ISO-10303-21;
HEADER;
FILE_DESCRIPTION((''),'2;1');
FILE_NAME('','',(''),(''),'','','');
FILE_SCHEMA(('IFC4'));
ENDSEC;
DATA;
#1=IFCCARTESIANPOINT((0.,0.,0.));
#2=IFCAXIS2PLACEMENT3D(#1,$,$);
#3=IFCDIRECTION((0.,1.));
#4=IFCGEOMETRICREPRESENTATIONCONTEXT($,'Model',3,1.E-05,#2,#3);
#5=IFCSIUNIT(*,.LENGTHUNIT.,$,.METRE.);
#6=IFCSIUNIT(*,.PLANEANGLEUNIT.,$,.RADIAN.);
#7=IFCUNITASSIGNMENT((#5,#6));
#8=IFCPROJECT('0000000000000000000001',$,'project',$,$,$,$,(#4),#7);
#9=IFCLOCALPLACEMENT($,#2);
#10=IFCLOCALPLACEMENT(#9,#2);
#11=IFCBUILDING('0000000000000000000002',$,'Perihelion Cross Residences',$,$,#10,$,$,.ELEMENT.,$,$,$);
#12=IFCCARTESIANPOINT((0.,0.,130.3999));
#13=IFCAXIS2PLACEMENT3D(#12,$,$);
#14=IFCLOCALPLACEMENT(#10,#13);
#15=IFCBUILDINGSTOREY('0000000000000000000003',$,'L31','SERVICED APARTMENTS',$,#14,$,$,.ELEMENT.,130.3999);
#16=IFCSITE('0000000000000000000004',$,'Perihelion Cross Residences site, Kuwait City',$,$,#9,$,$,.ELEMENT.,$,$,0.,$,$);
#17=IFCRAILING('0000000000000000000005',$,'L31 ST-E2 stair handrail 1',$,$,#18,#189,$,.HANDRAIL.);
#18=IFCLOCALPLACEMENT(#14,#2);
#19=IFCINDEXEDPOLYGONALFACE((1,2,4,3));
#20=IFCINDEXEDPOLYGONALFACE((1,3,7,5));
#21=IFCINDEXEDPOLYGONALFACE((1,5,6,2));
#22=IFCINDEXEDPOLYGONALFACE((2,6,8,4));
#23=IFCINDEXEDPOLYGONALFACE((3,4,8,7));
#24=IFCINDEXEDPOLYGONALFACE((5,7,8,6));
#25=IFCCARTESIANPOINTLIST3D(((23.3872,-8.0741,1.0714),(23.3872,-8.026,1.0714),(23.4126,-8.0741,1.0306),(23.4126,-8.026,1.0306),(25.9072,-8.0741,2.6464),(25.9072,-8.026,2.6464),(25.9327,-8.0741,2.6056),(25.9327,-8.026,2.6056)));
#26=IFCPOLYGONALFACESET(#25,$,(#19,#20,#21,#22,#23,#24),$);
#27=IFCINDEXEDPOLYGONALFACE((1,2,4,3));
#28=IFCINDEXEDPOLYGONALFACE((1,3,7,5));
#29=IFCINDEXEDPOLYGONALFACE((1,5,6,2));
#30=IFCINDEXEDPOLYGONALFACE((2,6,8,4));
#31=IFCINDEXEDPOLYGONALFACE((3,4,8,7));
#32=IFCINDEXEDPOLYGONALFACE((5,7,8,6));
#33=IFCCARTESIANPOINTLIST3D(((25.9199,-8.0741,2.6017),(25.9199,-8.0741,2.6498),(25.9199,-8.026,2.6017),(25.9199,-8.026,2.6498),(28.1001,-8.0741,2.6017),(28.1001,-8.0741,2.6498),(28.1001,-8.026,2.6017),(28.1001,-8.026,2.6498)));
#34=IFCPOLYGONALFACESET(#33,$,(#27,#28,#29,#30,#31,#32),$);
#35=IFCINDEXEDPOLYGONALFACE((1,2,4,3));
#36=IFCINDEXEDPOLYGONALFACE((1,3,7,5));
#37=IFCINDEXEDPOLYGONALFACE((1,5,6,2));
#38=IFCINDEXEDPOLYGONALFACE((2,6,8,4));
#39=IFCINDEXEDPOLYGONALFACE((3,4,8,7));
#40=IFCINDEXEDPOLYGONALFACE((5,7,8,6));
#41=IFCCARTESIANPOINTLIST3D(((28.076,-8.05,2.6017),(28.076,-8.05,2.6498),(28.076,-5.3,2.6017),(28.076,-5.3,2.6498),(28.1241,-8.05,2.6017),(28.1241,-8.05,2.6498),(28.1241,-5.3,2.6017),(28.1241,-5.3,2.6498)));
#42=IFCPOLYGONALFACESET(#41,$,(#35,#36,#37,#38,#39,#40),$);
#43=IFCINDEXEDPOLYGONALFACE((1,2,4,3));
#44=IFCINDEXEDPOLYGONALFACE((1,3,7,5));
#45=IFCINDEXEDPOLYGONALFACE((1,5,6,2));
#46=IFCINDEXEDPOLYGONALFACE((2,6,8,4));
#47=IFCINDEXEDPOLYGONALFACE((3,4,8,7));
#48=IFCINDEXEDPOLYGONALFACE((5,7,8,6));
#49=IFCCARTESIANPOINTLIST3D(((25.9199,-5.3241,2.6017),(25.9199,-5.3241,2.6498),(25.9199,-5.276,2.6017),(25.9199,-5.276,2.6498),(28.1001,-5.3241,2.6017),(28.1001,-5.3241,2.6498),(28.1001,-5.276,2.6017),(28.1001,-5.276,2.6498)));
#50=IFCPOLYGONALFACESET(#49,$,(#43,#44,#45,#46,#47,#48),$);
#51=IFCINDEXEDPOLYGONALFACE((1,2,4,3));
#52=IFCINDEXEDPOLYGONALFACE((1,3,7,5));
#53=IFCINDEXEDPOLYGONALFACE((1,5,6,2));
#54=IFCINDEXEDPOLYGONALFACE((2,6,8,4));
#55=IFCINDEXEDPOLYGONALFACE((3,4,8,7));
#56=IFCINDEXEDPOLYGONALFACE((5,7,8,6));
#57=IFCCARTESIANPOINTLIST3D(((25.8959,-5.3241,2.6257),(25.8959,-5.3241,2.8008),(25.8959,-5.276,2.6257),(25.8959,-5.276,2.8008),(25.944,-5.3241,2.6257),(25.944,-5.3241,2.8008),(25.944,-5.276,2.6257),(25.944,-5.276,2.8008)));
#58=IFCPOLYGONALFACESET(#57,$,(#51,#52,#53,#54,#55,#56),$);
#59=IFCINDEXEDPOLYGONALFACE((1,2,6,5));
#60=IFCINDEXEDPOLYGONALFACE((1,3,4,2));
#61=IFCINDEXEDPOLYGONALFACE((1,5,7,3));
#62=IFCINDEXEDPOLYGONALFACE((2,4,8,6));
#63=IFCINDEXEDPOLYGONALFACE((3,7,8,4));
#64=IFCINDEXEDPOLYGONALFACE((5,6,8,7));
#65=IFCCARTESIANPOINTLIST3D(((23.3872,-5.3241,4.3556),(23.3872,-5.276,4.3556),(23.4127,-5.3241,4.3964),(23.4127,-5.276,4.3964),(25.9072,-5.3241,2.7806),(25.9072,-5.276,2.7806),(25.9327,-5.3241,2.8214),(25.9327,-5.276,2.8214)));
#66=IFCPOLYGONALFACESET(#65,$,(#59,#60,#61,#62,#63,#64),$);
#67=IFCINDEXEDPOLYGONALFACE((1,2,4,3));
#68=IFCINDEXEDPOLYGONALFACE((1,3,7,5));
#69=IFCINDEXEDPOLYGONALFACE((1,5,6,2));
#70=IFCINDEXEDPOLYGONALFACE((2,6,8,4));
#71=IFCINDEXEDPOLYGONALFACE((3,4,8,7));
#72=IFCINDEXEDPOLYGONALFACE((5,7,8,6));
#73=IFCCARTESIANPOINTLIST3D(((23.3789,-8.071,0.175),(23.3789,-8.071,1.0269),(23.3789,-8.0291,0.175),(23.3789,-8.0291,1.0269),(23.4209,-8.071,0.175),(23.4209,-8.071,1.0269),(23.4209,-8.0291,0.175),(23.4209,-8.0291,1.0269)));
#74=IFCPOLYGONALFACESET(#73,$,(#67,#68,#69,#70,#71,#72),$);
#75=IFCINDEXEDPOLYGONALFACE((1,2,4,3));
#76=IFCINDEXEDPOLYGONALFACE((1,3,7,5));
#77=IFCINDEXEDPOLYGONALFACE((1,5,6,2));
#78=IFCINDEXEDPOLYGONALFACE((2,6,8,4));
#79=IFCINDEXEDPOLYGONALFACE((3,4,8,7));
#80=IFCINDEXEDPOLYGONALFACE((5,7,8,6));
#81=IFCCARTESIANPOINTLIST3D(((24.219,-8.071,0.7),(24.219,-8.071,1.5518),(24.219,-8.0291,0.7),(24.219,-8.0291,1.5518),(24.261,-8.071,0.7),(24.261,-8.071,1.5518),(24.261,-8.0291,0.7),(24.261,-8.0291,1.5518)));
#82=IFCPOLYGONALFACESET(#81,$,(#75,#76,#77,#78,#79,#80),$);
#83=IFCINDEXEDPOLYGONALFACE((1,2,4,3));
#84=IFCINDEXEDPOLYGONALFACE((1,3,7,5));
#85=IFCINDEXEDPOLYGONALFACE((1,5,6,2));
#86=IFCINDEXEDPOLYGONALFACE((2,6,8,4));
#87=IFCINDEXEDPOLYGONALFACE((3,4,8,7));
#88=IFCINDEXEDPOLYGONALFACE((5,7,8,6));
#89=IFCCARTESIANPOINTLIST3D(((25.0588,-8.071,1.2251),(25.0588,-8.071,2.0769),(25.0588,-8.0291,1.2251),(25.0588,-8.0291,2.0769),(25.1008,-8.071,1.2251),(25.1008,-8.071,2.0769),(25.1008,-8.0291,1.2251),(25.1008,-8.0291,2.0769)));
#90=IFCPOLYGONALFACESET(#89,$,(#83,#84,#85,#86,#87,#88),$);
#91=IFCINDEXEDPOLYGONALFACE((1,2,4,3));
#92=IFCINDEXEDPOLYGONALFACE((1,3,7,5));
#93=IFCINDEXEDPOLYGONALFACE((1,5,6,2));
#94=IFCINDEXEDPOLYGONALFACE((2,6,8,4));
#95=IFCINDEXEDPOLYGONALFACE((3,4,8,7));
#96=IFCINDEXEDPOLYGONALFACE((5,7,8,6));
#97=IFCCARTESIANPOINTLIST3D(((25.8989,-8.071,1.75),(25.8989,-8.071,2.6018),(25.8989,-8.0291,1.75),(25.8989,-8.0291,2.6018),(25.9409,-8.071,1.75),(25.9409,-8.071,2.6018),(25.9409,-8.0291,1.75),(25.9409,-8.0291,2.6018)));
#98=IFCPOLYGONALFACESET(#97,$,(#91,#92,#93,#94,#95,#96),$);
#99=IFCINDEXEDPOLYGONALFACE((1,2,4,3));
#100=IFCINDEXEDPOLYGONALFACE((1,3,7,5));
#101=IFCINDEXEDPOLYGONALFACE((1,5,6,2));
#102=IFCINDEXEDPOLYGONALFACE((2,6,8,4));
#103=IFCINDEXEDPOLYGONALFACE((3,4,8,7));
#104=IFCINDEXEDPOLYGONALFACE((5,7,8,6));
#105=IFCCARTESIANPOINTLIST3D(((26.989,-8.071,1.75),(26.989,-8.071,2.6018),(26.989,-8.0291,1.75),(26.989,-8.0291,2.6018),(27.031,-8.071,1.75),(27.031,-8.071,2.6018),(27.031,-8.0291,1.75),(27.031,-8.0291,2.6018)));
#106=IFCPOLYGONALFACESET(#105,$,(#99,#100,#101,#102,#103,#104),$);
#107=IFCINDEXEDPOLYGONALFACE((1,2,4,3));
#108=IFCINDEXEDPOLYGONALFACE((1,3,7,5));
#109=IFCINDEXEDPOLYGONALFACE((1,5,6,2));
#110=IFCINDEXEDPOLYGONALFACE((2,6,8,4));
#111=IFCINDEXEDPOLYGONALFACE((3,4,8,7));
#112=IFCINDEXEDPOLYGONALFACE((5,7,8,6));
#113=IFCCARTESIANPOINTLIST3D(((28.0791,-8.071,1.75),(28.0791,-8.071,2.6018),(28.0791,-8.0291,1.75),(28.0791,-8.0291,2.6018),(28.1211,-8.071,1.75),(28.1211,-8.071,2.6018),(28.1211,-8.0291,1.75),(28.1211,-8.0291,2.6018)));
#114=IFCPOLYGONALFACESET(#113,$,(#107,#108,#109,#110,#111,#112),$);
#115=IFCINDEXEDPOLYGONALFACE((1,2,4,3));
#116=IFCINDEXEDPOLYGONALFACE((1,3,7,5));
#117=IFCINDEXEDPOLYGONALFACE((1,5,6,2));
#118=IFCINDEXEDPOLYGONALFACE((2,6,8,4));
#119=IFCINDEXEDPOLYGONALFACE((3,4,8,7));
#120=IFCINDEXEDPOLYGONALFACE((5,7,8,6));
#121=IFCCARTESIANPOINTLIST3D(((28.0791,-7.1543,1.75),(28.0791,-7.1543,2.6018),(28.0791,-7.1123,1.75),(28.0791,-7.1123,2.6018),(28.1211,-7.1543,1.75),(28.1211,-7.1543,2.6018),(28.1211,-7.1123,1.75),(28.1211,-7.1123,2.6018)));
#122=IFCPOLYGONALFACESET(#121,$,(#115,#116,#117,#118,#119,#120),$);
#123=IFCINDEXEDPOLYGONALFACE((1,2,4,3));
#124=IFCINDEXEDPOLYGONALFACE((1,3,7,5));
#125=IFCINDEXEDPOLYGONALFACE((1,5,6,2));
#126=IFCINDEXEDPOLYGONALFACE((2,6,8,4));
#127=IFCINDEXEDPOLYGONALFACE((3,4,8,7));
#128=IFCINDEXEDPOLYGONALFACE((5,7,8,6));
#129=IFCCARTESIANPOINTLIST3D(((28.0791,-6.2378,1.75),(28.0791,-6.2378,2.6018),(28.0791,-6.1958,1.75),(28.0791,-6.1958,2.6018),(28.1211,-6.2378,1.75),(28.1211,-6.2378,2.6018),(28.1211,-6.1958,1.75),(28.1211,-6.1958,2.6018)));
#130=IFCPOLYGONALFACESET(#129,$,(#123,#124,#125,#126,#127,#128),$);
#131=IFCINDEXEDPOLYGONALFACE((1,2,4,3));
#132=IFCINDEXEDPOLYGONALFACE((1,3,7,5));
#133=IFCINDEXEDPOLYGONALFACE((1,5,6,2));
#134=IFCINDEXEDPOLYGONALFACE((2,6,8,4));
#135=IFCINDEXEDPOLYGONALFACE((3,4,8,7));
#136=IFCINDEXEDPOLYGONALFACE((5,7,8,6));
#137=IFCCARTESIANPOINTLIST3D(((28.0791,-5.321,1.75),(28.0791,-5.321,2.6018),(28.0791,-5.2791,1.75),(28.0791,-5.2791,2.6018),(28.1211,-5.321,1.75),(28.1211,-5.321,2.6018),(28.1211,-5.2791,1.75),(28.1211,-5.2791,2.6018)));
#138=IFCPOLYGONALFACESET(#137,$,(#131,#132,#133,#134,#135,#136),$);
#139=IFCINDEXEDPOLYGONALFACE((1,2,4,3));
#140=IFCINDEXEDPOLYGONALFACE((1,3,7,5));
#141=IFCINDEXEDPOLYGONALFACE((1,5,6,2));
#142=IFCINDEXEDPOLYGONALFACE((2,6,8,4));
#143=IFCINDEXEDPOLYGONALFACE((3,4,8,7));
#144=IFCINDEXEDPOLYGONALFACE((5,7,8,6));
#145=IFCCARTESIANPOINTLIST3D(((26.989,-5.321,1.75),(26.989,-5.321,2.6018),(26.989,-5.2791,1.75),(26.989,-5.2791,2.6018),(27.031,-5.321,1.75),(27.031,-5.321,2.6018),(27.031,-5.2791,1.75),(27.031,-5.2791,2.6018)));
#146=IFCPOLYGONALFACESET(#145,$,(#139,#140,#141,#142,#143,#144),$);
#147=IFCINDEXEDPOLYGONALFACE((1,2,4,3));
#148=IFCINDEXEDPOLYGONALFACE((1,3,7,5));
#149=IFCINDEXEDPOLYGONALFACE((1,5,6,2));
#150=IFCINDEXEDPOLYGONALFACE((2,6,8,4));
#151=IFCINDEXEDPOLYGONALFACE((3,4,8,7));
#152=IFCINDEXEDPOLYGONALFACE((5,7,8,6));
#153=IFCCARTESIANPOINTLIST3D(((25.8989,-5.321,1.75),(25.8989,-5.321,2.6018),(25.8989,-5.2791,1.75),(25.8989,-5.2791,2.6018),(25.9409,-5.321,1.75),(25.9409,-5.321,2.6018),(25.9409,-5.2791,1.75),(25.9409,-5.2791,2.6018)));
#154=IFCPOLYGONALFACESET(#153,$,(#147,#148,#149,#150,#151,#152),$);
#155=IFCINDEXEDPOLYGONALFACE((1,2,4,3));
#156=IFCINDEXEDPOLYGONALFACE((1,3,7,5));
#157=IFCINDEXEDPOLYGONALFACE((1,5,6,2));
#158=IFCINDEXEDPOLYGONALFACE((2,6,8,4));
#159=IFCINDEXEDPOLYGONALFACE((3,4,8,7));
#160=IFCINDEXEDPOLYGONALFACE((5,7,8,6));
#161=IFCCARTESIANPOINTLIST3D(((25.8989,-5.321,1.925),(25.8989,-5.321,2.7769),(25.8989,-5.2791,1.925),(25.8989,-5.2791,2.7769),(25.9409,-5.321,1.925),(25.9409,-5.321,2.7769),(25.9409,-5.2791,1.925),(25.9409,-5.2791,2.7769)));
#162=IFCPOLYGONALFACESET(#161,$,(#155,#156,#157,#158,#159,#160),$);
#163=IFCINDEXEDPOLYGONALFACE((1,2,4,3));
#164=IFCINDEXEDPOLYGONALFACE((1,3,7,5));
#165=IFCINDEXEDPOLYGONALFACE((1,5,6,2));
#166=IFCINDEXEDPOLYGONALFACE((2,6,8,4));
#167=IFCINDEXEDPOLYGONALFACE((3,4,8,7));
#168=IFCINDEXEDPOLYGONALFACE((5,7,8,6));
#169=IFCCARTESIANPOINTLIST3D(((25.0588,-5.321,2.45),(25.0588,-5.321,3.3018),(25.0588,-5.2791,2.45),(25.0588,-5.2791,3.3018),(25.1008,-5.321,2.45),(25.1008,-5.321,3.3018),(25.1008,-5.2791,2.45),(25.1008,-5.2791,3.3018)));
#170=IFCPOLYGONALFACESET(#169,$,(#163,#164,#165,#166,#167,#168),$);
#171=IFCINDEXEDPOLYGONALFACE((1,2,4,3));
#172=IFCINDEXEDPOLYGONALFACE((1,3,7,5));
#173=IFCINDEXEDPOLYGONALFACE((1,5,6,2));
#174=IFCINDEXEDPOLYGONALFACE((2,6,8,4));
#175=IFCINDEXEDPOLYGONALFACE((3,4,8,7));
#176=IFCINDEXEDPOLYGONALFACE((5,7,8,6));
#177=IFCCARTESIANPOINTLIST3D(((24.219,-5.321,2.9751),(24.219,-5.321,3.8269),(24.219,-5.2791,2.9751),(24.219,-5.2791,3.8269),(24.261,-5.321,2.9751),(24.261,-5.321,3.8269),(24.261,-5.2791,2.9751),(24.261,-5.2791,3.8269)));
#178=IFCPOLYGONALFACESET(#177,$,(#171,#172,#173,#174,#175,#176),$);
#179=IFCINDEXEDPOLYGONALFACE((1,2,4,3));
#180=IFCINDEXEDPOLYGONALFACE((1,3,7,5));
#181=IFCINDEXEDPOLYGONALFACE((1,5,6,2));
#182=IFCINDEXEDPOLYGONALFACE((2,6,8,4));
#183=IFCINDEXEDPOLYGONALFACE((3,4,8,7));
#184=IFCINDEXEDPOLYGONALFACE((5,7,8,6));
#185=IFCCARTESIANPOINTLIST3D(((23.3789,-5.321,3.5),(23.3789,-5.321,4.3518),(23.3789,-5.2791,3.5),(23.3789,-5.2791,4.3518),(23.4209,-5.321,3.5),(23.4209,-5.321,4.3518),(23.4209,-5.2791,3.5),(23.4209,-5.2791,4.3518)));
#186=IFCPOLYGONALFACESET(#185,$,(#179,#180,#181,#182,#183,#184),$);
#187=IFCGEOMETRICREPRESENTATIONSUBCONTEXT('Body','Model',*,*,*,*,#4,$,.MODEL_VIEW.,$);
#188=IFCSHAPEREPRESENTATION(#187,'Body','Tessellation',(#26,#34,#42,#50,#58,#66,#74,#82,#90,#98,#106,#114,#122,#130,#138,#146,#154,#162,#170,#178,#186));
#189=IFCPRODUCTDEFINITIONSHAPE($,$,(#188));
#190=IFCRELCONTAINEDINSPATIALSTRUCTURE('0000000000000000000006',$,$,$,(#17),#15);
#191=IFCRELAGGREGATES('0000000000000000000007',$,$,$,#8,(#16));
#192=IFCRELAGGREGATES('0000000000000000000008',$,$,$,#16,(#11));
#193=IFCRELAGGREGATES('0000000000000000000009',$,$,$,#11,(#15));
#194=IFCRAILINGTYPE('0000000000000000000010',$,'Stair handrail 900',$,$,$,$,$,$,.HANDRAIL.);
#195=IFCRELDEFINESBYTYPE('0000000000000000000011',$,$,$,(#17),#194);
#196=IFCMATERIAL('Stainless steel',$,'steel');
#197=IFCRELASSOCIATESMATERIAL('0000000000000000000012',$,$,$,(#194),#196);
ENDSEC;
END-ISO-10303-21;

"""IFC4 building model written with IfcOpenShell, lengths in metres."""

from ifc_helpers import new_model, si_unit, direction, frame, origin, origin_2d, place, context, subcontext, project, spatial, rectangle, extrude, material, type_object, element, save


model = new_model("IFC4")

# Units and contexts
model_context = context("Model", 3, precision=1e-05, world=origin(), true_north=direction((0.0, 1.0)))
body_context = subcontext(model_context, "Body", "Model", "MODEL_VIEW")
ifc_project = project(units=[si_unit("LENGTHUNIT", "METRE"), si_unit("PLANEANGLEUNIT", "RADIAN")], contexts=[model_context])

# Site, building, storey
site_placement = place(None, origin())
site = spatial("IfcSite", under=ifc_project, at=site_placement, Name="Perihelion Cross Residences site, Kuwait City", CompositionType="ELEMENT", RefElevation=0.0)
building_placement = place(site_placement, origin())
building = spatial("IfcBuilding", under=site, at=building_placement, Name="Perihelion Cross Residences", CompositionType="ELEMENT")
storey_placement = place(building_placement, frame((0.0, 0.0, 130.3999)))
storey = spatial("IfcBuildingStorey", under=building, at=storey_placement, Name="L31", Description="SERVICED APARTMENTS", CompositionType="ELEMENT", Elevation=130.3999)

# Railing
ifc_material_1 = material(Name="Stainless steel", Category="steel")
railing_type_1 = type_object("IfcRailingType", Name="Stair handrail 900", PredefinedType="HANDRAIL", material=ifc_material_1)
railing_1_placement = place(storey_placement, frame((23.3999, -8.05, 0.175)))
element("IfcRailing", 1, at=railing_1_placement, inside=storey, type_object=railing_type_1, Name="L31 ST-E2 stair handrail 1", PredefinedType="HANDRAIL", context=body_context, shape_type="SweptSolid", body=[
    extrude(rectangle(XDim=0.0481, YDim=0.0481, at=origin_2d()), frame((0.0, 0.0, 0.876), z_axis=(0.848008, 0.0, 0.529984), x_axis=(0.0, 1.0, 0.0)), (0.0, 0.0, 1.0), 2.9717),
    extrude(rectangle(XDim=0.0481, YDim=0.0481, at=origin_2d()), frame((2.52, 0.0, 2.4507), z_axis=(1.0, 0.0, 0.0), x_axis=(0.0, 1.0, 0.0)), (0.0, 0.0, 1.0), 2.1802),
    extrude(rectangle(XDim=0.0481, YDim=0.0481, at=origin_2d()), frame((4.7002, 0.0, 2.4507), z_axis=(0.0, 1.0, 0.0), x_axis=(-1.0, 0.0, 0.0)), (0.0, 0.0, 1.0), 2.75),
    extrude(rectangle(XDim=0.0481, YDim=0.0481, at=origin_2d()), frame((4.7002, 2.75, 2.4507), z_axis=(-1.0, 0.0, 0.0), x_axis=(0.0, -1.0, 0.0)), (0.0, 0.0, 1.0), 2.1802),
    extrude(rectangle(XDim=0.0481, YDim=0.0481, at=origin_2d()), frame((2.52, 2.75, 2.4507), z_axis=(0.0, 0.0, 1.0), x_axis=(1.0, 0.0, 0.0)), (0.0, 0.0, 1.0), 0.175),
    extrude(rectangle(XDim=0.0481, YDim=0.0481, at=origin_2d()), frame((2.52, 2.75, 2.626), z_axis=(-0.848008, 0.0, 0.529984), x_axis=(0.0, -1.0, 0.0)), (0.0, 0.0, 1.0), 2.9717),
    extrude(rectangle(XDim=0.042, YDim=0.042, at=origin_2d()), origin(), (0.0, 0.0, 1.0), 0.8518),
    extrude(rectangle(XDim=0.042, YDim=0.042, at=origin_2d()), frame((0.8401, 0.0, 0.5249)), (0.0, 0.0, 1.0), 0.8518),
    extrude(rectangle(XDim=0.042, YDim=0.042, at=origin_2d()), frame((1.6799, 0.0, 1.05)), (0.0, 0.0, 1.0), 0.8518),
    extrude(rectangle(XDim=0.042, YDim=0.042, at=origin_2d()), frame((2.52, 0.0, 1.575)), (0.0, 0.0, 1.0), 0.8518),
    extrude(rectangle(XDim=0.042, YDim=0.042, at=origin_2d()), frame((3.6101, 0.0, 1.575)), (0.0, 0.0, 1.0), 0.8518),
    extrude(rectangle(XDim=0.042, YDim=0.042, at=origin_2d()), frame((4.7002, 0.0, 1.575)), (0.0, 0.0, 1.0), 0.8518),
    extrude(rectangle(XDim=0.042, YDim=0.042, at=origin_2d()), frame((4.7002, 0.9167, 1.575)), (0.0, 0.0, 1.0), 0.8518),
    extrude(rectangle(XDim=0.042, YDim=0.042, at=origin_2d()), frame((4.7002, 1.8333, 1.575)), (0.0, 0.0, 1.0), 0.8518),
    extrude(rectangle(XDim=0.042, YDim=0.042, at=origin_2d()), frame((4.7002, 2.75, 1.575)), (0.0, 0.0, 1.0), 0.8518),
    extrude(rectangle(XDim=0.042, YDim=0.042, at=origin_2d()), frame((3.6101, 2.75, 1.575)), (0.0, 0.0, 1.0), 0.8518),
    extrude(rectangle(XDim=0.042, YDim=0.042, at=origin_2d()), frame((2.52, 2.75, 1.575)), (0.0, 0.0, 1.0), 0.8518),
    extrude(rectangle(XDim=0.042, YDim=0.042, at=origin_2d()), frame((2.52, 2.75, 1.75)), (0.0, 0.0, 1.0), 0.8518),
    extrude(rectangle(XDim=0.042, YDim=0.042, at=origin_2d()), frame((1.6799, 2.75, 2.2749)), (0.0, 0.0, 1.0), 0.8518),
    extrude(rectangle(XDim=0.042, YDim=0.042, at=origin_2d()), frame((0.8401, 2.75, 2.8)), (0.0, 0.0, 1.0), 0.8518),
    extrude(rectangle(XDim=0.042, YDim=0.042, at=origin_2d()), frame((0.0, 2.75, 3.325)), (0.0, 0.0, 1.0), 0.8518),
])

save(model, "model.ifc")
